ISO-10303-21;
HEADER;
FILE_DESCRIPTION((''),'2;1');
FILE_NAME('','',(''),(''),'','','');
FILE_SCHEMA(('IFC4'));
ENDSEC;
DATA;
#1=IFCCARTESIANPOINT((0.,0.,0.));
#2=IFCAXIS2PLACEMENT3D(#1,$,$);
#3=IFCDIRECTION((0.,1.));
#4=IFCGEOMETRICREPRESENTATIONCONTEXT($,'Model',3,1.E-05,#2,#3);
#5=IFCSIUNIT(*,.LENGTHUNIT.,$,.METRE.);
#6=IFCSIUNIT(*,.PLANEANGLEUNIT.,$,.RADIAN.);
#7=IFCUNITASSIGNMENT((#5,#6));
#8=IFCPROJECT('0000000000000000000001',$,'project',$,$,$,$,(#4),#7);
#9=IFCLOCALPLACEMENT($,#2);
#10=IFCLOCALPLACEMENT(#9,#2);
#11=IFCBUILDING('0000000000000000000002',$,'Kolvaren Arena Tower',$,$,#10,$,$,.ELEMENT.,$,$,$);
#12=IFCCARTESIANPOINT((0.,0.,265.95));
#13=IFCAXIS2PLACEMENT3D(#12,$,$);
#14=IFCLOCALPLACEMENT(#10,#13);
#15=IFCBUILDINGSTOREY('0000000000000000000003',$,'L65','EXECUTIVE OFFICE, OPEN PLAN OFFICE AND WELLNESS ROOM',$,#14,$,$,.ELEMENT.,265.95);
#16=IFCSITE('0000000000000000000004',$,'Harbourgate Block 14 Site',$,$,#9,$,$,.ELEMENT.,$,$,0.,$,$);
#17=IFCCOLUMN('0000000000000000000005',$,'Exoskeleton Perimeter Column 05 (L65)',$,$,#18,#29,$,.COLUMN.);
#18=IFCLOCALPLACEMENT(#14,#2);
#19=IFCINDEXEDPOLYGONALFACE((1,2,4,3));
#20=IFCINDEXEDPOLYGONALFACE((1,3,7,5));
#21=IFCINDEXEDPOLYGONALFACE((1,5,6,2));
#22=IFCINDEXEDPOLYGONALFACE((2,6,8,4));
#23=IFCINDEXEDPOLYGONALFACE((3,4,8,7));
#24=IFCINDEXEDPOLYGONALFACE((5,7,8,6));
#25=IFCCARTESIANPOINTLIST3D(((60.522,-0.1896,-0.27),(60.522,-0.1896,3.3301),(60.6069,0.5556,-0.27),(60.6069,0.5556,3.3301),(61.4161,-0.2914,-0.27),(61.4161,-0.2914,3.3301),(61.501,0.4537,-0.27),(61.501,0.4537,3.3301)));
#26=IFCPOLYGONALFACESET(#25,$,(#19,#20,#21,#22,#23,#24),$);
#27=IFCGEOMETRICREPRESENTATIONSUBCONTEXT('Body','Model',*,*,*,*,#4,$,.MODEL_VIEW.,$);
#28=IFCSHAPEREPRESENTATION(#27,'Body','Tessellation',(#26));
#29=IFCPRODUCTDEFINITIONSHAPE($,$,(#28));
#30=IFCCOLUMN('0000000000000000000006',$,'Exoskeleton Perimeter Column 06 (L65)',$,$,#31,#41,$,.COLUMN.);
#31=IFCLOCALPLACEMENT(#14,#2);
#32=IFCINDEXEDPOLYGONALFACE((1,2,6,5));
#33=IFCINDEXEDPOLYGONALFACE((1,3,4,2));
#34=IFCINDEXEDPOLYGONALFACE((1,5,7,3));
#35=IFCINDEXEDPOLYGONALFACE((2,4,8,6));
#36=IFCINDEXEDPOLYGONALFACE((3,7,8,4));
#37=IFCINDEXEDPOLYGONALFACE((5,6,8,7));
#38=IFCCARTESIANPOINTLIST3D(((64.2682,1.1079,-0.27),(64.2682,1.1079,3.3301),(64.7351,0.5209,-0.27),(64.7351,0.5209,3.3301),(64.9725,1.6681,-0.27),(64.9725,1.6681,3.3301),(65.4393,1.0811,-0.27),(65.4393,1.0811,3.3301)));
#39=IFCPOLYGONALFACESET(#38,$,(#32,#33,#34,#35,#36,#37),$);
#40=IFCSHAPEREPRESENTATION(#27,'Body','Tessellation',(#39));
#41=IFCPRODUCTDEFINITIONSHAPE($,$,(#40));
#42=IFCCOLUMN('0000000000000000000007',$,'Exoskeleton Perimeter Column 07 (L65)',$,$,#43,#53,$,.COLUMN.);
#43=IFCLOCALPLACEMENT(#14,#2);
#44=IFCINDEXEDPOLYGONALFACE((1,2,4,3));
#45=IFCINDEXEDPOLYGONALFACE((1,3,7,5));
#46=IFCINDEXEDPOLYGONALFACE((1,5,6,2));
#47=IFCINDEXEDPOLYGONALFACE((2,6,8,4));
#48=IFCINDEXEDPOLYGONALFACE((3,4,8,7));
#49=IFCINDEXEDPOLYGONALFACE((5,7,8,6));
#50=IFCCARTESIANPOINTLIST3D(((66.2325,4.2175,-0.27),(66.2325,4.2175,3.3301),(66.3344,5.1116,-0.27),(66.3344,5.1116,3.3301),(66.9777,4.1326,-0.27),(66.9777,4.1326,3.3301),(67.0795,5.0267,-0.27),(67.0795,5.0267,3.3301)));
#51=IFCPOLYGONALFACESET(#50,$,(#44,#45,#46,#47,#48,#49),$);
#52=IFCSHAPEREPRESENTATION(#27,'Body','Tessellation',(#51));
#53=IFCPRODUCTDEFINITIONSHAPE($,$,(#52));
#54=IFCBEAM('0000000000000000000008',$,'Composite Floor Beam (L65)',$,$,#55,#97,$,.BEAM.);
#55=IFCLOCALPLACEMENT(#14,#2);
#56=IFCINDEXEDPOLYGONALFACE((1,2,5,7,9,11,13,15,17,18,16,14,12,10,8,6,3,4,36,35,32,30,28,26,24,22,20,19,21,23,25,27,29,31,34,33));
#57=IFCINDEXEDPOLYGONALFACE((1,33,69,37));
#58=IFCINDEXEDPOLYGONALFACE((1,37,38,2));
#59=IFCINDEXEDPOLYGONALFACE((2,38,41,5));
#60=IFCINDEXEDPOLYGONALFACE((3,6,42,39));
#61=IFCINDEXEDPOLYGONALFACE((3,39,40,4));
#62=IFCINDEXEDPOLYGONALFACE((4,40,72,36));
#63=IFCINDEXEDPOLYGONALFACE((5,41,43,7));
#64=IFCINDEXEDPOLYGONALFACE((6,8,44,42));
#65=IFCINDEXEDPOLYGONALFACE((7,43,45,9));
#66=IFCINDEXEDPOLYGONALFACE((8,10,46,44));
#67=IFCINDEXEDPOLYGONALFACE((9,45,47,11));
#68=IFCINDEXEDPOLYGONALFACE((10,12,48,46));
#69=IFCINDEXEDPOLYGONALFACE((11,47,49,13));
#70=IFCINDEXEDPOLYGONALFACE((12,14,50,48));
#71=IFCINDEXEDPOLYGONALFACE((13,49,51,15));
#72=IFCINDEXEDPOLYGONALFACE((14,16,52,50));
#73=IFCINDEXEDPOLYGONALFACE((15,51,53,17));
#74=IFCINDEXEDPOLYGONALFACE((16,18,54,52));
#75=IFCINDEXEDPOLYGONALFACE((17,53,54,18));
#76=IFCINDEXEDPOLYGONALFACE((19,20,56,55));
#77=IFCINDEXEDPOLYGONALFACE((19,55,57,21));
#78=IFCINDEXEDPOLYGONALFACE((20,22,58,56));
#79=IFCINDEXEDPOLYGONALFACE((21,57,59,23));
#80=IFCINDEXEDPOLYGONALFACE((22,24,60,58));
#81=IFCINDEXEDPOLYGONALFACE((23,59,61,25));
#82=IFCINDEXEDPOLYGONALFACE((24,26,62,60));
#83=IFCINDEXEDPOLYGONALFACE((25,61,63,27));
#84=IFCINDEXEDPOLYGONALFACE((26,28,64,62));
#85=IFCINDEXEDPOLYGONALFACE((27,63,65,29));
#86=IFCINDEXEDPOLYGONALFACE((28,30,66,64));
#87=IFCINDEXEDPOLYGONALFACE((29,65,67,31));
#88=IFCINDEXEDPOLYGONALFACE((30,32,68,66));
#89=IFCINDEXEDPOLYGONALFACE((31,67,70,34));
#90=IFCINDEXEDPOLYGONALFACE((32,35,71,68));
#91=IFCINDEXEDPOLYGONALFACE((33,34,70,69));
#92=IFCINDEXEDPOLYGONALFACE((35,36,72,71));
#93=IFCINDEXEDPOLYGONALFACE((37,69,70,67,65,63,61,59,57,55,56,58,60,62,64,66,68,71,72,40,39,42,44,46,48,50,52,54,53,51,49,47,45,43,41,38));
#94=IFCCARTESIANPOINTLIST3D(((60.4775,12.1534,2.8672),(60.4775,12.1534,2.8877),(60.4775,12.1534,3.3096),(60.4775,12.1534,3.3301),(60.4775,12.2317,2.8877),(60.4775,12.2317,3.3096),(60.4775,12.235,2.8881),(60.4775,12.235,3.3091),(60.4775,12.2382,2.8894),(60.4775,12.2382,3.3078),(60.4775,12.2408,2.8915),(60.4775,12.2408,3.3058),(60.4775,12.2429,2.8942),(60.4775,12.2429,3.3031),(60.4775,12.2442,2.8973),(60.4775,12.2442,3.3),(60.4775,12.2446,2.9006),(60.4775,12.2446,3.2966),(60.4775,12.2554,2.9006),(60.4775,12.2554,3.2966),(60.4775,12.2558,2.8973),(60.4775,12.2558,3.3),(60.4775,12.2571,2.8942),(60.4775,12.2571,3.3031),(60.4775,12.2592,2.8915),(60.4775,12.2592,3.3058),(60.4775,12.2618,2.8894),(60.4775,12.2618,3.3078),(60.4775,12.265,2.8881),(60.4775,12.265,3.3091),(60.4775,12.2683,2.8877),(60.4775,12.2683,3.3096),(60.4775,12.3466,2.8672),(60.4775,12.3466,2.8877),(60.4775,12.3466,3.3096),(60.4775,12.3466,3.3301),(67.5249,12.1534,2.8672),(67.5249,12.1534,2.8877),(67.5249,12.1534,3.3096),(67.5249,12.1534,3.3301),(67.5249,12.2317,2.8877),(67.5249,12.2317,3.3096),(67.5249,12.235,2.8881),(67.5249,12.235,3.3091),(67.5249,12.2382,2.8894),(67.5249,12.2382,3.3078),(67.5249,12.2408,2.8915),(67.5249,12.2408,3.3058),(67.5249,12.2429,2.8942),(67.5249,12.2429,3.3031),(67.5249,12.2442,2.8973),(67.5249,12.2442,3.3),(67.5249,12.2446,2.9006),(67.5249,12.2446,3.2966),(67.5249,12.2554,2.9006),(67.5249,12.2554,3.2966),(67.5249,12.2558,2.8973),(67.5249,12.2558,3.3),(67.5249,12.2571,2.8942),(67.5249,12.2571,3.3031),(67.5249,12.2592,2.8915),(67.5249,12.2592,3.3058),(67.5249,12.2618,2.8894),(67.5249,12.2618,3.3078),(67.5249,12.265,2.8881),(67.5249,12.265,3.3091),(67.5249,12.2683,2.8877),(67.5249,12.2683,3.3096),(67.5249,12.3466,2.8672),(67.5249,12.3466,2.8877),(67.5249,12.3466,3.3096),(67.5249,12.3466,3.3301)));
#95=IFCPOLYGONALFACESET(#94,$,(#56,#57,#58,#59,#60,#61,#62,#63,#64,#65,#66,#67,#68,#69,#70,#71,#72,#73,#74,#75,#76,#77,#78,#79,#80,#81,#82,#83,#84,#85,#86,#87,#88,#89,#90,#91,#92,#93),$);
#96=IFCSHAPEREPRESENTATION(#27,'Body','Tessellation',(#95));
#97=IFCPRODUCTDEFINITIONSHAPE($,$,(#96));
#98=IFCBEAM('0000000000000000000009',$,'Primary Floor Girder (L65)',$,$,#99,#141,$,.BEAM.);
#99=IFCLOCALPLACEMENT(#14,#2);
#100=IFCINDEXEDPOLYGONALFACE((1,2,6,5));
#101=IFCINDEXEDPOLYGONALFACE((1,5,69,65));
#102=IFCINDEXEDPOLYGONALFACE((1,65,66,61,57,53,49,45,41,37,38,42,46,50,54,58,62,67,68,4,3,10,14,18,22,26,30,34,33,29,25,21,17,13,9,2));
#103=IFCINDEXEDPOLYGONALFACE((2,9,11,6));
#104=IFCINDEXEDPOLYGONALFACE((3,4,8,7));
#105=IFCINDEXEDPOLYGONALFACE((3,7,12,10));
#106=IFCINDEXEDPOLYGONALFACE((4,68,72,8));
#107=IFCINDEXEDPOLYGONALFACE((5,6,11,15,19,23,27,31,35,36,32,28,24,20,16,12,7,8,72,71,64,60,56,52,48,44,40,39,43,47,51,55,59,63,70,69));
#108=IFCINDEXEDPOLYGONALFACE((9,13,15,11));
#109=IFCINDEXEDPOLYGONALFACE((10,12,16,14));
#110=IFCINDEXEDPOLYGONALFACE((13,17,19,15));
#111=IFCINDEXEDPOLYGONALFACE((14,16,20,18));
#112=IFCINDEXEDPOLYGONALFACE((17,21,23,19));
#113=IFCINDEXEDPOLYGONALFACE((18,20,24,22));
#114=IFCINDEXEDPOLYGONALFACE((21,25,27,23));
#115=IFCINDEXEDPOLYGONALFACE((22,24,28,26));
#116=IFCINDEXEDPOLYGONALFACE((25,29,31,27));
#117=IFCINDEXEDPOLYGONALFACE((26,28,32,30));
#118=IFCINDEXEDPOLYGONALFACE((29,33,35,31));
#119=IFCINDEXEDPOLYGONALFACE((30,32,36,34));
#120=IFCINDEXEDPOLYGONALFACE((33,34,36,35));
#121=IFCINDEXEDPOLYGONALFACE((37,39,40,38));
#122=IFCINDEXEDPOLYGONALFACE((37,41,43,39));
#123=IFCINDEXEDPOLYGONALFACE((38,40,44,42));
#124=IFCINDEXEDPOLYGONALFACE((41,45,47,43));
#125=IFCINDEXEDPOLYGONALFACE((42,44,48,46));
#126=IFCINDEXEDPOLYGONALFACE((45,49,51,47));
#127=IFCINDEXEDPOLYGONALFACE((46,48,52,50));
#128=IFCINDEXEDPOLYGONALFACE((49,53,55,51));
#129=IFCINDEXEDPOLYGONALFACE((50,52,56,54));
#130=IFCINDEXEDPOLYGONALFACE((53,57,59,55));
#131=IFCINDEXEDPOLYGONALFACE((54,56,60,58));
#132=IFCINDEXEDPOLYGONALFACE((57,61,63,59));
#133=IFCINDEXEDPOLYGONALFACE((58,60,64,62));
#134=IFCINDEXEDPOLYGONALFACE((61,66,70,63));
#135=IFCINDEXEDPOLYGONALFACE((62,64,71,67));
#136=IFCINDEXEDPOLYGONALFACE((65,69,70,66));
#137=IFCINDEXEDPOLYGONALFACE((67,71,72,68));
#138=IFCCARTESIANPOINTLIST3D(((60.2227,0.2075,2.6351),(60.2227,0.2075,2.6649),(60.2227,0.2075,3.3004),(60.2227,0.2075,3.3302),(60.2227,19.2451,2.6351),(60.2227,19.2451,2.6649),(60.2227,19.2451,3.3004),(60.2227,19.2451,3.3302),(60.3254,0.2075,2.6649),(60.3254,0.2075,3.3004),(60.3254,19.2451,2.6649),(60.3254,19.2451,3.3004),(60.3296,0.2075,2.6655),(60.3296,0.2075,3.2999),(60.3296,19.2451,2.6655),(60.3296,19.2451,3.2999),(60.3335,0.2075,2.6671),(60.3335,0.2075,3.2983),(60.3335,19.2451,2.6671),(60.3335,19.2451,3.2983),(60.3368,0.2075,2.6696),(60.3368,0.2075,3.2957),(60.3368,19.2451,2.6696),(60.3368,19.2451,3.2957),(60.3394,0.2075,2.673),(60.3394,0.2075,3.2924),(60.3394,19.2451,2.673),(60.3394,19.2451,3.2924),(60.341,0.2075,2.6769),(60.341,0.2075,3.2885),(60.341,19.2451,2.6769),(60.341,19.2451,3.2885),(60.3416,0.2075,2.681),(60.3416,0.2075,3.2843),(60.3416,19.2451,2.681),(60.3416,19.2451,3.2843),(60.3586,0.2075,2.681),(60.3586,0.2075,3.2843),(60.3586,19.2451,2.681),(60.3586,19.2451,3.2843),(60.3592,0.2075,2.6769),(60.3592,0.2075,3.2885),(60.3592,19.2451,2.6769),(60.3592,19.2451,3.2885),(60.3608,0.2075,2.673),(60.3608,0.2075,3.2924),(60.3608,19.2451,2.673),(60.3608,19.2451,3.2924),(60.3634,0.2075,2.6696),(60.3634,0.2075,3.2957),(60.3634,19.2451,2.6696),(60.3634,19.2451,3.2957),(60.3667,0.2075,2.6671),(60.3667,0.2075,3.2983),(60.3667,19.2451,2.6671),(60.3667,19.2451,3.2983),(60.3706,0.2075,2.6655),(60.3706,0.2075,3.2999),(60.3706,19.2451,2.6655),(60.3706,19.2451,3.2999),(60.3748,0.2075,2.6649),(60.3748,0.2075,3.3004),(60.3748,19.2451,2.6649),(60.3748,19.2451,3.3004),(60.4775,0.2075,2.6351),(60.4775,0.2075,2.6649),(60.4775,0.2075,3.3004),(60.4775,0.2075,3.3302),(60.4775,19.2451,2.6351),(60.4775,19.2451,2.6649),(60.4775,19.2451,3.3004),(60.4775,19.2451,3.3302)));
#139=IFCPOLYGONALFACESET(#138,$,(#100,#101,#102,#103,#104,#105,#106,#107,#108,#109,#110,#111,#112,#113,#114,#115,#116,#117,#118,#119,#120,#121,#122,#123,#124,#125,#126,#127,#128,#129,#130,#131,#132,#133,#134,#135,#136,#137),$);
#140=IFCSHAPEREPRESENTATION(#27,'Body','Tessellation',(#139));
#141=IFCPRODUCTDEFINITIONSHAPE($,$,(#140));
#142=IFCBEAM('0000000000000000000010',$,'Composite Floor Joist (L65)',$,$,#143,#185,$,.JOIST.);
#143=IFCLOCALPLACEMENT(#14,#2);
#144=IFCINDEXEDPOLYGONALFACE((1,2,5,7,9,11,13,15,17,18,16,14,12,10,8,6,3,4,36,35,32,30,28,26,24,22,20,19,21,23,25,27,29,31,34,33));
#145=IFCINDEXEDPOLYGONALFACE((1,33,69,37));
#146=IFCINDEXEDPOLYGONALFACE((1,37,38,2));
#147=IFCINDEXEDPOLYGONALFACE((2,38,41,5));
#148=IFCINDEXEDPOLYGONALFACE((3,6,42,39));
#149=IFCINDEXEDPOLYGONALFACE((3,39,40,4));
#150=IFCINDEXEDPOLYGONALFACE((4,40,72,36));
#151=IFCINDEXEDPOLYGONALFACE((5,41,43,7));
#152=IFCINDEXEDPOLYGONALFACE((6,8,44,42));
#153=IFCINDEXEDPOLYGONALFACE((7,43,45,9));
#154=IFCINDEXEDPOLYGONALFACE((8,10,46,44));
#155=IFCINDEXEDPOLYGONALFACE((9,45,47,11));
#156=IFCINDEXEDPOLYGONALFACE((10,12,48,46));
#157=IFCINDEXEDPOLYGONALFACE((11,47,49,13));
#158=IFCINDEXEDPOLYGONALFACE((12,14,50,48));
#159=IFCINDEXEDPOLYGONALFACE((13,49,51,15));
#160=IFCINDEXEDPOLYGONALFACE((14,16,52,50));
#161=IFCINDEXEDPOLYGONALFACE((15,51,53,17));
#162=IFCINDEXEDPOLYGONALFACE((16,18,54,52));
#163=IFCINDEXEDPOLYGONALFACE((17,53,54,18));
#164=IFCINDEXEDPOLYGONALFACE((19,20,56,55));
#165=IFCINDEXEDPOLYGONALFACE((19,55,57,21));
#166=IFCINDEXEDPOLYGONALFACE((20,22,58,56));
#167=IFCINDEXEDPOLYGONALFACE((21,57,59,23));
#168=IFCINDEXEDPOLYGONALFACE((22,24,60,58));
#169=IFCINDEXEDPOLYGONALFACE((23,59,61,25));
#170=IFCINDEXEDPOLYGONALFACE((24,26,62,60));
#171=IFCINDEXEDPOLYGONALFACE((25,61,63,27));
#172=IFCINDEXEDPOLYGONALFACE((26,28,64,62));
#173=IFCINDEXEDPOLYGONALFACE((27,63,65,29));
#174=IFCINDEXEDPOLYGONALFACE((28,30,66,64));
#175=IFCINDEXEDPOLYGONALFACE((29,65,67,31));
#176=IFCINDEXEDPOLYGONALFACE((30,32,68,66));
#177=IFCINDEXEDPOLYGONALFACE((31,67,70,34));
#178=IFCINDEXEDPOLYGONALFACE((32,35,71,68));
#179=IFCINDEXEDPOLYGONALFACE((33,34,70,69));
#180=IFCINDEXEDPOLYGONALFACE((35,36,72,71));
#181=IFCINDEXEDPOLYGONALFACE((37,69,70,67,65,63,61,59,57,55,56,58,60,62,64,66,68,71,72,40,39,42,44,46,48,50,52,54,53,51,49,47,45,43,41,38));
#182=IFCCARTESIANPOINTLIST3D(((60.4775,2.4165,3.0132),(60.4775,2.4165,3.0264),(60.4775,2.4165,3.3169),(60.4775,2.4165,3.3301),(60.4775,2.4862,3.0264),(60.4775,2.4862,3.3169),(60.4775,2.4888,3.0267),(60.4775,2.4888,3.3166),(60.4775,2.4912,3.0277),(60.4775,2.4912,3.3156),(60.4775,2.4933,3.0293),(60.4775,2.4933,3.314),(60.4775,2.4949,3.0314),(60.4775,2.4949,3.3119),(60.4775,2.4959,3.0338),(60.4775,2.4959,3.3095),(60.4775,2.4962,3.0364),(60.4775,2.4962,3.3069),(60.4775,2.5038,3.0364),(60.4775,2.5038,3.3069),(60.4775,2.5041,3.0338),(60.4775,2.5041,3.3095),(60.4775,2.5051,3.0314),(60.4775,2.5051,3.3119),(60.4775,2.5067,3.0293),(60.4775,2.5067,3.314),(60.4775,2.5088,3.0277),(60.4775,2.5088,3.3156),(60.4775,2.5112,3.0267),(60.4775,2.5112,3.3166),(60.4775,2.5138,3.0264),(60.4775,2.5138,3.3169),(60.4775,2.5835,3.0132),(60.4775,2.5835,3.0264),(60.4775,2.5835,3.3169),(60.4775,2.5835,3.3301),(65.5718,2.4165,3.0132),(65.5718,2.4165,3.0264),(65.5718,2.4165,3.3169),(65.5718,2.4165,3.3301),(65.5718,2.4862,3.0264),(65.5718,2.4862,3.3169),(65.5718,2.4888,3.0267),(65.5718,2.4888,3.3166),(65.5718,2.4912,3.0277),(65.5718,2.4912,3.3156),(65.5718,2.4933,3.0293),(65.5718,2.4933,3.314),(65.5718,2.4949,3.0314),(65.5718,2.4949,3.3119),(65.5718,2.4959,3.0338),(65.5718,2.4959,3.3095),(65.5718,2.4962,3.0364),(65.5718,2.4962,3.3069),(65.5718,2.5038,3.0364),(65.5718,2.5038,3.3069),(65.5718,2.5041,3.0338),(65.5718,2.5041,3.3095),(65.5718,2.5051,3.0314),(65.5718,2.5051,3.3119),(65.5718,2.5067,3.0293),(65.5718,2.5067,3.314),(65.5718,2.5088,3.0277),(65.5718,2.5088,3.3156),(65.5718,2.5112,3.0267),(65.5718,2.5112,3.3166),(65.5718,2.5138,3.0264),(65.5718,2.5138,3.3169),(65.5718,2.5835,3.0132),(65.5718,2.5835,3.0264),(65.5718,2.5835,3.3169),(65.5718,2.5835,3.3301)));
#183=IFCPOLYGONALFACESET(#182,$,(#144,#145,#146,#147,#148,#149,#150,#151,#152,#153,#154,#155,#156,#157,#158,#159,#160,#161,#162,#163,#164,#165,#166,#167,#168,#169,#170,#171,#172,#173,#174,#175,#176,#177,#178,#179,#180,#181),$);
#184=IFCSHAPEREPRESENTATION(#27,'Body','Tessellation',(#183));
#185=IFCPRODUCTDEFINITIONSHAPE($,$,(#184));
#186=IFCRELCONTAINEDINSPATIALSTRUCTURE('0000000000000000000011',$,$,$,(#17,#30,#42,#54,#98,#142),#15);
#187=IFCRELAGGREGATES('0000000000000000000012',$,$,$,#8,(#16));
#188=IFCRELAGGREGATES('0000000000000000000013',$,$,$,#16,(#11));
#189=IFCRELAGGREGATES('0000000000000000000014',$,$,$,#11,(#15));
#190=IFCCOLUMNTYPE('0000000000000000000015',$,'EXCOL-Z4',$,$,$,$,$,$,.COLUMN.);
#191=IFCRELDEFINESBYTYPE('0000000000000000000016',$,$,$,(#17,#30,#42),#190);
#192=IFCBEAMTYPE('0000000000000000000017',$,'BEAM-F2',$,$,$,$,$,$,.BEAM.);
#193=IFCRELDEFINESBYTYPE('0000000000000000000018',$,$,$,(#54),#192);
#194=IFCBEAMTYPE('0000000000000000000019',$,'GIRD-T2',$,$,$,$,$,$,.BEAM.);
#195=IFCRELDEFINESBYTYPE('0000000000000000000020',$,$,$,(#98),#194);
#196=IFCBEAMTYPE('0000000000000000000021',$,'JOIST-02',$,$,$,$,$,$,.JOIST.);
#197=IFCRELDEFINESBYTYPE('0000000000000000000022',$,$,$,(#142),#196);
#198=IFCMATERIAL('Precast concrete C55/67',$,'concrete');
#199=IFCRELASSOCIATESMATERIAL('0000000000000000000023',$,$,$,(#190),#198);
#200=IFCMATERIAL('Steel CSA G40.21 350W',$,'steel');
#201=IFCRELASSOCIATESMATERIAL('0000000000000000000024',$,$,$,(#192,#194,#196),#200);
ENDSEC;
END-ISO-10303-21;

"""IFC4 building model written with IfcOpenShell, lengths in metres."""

from ifc_helpers import new_model, si_unit, direction, frame, origin, origin_2d, place, context, subcontext, project, spatial, rectangle, i_section, extrude, material, material_profile, profile_set, type_object, element, save


model = new_model("IFC4")

# Units and contexts
model_context = context("Model", 3, precision=1e-05, world=origin(), true_north=direction((0.0, 1.0)))
body_context = subcontext(model_context, "Body", "Model", "MODEL_VIEW")
ifc_project = project(units=[si_unit("LENGTHUNIT", "METRE"), si_unit("PLANEANGLEUNIT", "RADIAN")], contexts=[model_context])

# Site, building, storey
site_placement = place(None, origin())
site = spatial("IfcSite", under=ifc_project, at=site_placement, Name="Harbourgate Block 14 Site", CompositionType="ELEMENT", RefElevation=0.0)
building_placement = place(site_placement, origin())
building = spatial("IfcBuilding", under=site, at=building_placement, Name="Kolvaren Arena Tower", CompositionType="ELEMENT")
storey_placement = place(building_placement, frame((0.0, 0.0, 265.95)))
storey = spatial("IfcBuildingStorey", under=building, at=storey_placement, Name="L65", Description="EXECUTIVE OFFICE, OPEN PLAN OFFICE AND WELLNESS ROOM", CompositionType="ELEMENT", Elevation=265.95)

# Columns
ifc_material_1 = material(Name="Precast concrete C55/67", Category="concrete")
ifc_material_profile_1 = material_profile(ifc_material_1, rectangle(XDim=0.8999, YDim=0.75, at=origin_2d()), Name="RC-900x750")
ifc_profile_set_1 = profile_set([ifc_material_profile_1], Name="Precast concrete C55/67")
column_type = type_object("IfcColumnType", Name="EXCOL-Z4", PredefinedType="COLUMN", material=ifc_profile_set_1)
for number, where, z_axis, x_axis, name in (
    (1, (61.0115, 0.1321, -0.27), (0.0, 0.0, 1.0), (0.993572, -0.113203, 0.0), "Exoskeleton Perimeter Column 05 (L65)"),
    (2, (64.8538, 1.0945, -0.27), (0.0, 0.0, 1.0), (0.782608, 0.622515, 0.0), "Exoskeleton Perimeter Column 06 (L65)"),
    (3, (66.656, 4.6221, -0.27), (0.0, 0.0, 1.0), (0.113203, 0.993572, 0.0), "Exoskeleton Perimeter Column 07 (L65)"),
):
    element("IfcColumn", number, at=place(storey_placement, frame(where, z_axis=z_axis, x_axis=x_axis)), inside=storey, type_object=column_type, Name=name, PredefinedType="COLUMN", context=body_context, shape_type="SweptSolid", body=[
        extrude(rectangle(XDim=0.8999, YDim=0.75, at=origin_2d()), origin(), (0.0, 0.0, 1.0), 3.6001),
    ])

# Beams
ifc_material_2 = material(Name="Steel CSA G40.21 350W", Category="steel")
ifc_material_profile_2 = material_profile(ifc_material_2, i_section(OverallWidth=0.1931, OverallDepth=0.4629, WebThickness=0.0107, FlangeThickness=0.0205, FilletRadius=0.0129, at=origin_2d()), Name="W460x113")
ifc_profile_set_2 = profile_set([ifc_material_profile_2], Name="Steel CSA G40.21 350W")
beam_type_1 = type_object("IfcBeamType", Name="BEAM-F2", PredefinedType="BEAM", material=ifc_profile_set_2)
beam_1_placement = place(storey_placement, frame((60.4775, 12.25, 3.0986), z_axis=(1.0, 0.0, 0.0), x_axis=(0.0, 1.0, 0.0)))
element("IfcBeam", 4, at=beam_1_placement, inside=storey, type_object=beam_type_1, Name="Composite Floor Beam (L65)", PredefinedType="BEAM", context=body_context, shape_type="SweptSolid", body=[
    extrude(i_section(OverallWidth=0.1931, OverallDepth=0.4629, WebThickness=0.0107, FlangeThickness=0.0205, FilletRadius=0.0129, at=origin_2d()), origin(), (0.0, 0.0, 1.0), 7.0474),
])
ifc_material_profile_3 = material_profile(ifc_material_2, i_section(OverallWidth=0.2549, OverallDepth=0.6951, WebThickness=0.0171, FlangeThickness=0.0298, FilletRadius=0.0161, at=origin_2d()), Name="W690x217")
ifc_profile_set_3 = profile_set([ifc_material_profile_3], Name="Steel CSA G40.21 350W")
beam_type_2 = type_object("IfcBeamType", Name="GIRD-T2", PredefinedType="BEAM", material=ifc_profile_set_3)
beam_2_placement = place(storey_placement, frame((60.3501, 0.2075, 2.9827), z_axis=(0.0, 1.0, 0.0), x_axis=(-1.0, 0.0, 0.0)))
element("IfcBeam", 5, at=beam_2_placement, inside=storey, type_object=beam_type_2, Name="Primary Floor Girder (L65)", PredefinedType="BEAM", context=body_context, shape_type="SweptSolid", body=[
    extrude(i_section(OverallWidth=0.2549, OverallDepth=0.6951, WebThickness=0.0171, FlangeThickness=0.0298, FilletRadius=0.0161, at=origin_2d()), origin(), (0.0, 0.0, 1.0), 19.0376),
])
ifc_material_profile_4 = material_profile(ifc_material_2, i_section(OverallWidth=0.167, OverallDepth=0.3169, WebThickness=0.0076, FlangeThickness=0.0132, FilletRadius=0.01, at=origin_2d()), Name="W310x52")
ifc_profile_set_4 = profile_set([ifc_material_profile_4], Name="Steel CSA G40.21 350W")
beam_type_3 = type_object("IfcBeamType", Name="JOIST-02", PredefinedType="JOIST", material=ifc_profile_set_4)
beam_3_placement = place(storey_placement, frame((60.4775, 2.5, 3.1716), z_axis=(1.0, 0.0, 0.0), x_axis=(0.0, 1.0, 0.0)))
element("IfcBeam", 6, at=beam_3_placement, inside=storey, type_object=beam_type_3, Name="Composite Floor Joist (L65)", PredefinedType="JOIST", context=body_context, shape_type="SweptSolid", body=[
    extrude(i_section(OverallWidth=0.167, OverallDepth=0.3169, WebThickness=0.0076, FlangeThickness=0.0132, FilletRadius=0.01, at=origin_2d()), origin(), (0.0, 0.0, 1.0), 5.0942),
])

save(model, "model.ifc")
